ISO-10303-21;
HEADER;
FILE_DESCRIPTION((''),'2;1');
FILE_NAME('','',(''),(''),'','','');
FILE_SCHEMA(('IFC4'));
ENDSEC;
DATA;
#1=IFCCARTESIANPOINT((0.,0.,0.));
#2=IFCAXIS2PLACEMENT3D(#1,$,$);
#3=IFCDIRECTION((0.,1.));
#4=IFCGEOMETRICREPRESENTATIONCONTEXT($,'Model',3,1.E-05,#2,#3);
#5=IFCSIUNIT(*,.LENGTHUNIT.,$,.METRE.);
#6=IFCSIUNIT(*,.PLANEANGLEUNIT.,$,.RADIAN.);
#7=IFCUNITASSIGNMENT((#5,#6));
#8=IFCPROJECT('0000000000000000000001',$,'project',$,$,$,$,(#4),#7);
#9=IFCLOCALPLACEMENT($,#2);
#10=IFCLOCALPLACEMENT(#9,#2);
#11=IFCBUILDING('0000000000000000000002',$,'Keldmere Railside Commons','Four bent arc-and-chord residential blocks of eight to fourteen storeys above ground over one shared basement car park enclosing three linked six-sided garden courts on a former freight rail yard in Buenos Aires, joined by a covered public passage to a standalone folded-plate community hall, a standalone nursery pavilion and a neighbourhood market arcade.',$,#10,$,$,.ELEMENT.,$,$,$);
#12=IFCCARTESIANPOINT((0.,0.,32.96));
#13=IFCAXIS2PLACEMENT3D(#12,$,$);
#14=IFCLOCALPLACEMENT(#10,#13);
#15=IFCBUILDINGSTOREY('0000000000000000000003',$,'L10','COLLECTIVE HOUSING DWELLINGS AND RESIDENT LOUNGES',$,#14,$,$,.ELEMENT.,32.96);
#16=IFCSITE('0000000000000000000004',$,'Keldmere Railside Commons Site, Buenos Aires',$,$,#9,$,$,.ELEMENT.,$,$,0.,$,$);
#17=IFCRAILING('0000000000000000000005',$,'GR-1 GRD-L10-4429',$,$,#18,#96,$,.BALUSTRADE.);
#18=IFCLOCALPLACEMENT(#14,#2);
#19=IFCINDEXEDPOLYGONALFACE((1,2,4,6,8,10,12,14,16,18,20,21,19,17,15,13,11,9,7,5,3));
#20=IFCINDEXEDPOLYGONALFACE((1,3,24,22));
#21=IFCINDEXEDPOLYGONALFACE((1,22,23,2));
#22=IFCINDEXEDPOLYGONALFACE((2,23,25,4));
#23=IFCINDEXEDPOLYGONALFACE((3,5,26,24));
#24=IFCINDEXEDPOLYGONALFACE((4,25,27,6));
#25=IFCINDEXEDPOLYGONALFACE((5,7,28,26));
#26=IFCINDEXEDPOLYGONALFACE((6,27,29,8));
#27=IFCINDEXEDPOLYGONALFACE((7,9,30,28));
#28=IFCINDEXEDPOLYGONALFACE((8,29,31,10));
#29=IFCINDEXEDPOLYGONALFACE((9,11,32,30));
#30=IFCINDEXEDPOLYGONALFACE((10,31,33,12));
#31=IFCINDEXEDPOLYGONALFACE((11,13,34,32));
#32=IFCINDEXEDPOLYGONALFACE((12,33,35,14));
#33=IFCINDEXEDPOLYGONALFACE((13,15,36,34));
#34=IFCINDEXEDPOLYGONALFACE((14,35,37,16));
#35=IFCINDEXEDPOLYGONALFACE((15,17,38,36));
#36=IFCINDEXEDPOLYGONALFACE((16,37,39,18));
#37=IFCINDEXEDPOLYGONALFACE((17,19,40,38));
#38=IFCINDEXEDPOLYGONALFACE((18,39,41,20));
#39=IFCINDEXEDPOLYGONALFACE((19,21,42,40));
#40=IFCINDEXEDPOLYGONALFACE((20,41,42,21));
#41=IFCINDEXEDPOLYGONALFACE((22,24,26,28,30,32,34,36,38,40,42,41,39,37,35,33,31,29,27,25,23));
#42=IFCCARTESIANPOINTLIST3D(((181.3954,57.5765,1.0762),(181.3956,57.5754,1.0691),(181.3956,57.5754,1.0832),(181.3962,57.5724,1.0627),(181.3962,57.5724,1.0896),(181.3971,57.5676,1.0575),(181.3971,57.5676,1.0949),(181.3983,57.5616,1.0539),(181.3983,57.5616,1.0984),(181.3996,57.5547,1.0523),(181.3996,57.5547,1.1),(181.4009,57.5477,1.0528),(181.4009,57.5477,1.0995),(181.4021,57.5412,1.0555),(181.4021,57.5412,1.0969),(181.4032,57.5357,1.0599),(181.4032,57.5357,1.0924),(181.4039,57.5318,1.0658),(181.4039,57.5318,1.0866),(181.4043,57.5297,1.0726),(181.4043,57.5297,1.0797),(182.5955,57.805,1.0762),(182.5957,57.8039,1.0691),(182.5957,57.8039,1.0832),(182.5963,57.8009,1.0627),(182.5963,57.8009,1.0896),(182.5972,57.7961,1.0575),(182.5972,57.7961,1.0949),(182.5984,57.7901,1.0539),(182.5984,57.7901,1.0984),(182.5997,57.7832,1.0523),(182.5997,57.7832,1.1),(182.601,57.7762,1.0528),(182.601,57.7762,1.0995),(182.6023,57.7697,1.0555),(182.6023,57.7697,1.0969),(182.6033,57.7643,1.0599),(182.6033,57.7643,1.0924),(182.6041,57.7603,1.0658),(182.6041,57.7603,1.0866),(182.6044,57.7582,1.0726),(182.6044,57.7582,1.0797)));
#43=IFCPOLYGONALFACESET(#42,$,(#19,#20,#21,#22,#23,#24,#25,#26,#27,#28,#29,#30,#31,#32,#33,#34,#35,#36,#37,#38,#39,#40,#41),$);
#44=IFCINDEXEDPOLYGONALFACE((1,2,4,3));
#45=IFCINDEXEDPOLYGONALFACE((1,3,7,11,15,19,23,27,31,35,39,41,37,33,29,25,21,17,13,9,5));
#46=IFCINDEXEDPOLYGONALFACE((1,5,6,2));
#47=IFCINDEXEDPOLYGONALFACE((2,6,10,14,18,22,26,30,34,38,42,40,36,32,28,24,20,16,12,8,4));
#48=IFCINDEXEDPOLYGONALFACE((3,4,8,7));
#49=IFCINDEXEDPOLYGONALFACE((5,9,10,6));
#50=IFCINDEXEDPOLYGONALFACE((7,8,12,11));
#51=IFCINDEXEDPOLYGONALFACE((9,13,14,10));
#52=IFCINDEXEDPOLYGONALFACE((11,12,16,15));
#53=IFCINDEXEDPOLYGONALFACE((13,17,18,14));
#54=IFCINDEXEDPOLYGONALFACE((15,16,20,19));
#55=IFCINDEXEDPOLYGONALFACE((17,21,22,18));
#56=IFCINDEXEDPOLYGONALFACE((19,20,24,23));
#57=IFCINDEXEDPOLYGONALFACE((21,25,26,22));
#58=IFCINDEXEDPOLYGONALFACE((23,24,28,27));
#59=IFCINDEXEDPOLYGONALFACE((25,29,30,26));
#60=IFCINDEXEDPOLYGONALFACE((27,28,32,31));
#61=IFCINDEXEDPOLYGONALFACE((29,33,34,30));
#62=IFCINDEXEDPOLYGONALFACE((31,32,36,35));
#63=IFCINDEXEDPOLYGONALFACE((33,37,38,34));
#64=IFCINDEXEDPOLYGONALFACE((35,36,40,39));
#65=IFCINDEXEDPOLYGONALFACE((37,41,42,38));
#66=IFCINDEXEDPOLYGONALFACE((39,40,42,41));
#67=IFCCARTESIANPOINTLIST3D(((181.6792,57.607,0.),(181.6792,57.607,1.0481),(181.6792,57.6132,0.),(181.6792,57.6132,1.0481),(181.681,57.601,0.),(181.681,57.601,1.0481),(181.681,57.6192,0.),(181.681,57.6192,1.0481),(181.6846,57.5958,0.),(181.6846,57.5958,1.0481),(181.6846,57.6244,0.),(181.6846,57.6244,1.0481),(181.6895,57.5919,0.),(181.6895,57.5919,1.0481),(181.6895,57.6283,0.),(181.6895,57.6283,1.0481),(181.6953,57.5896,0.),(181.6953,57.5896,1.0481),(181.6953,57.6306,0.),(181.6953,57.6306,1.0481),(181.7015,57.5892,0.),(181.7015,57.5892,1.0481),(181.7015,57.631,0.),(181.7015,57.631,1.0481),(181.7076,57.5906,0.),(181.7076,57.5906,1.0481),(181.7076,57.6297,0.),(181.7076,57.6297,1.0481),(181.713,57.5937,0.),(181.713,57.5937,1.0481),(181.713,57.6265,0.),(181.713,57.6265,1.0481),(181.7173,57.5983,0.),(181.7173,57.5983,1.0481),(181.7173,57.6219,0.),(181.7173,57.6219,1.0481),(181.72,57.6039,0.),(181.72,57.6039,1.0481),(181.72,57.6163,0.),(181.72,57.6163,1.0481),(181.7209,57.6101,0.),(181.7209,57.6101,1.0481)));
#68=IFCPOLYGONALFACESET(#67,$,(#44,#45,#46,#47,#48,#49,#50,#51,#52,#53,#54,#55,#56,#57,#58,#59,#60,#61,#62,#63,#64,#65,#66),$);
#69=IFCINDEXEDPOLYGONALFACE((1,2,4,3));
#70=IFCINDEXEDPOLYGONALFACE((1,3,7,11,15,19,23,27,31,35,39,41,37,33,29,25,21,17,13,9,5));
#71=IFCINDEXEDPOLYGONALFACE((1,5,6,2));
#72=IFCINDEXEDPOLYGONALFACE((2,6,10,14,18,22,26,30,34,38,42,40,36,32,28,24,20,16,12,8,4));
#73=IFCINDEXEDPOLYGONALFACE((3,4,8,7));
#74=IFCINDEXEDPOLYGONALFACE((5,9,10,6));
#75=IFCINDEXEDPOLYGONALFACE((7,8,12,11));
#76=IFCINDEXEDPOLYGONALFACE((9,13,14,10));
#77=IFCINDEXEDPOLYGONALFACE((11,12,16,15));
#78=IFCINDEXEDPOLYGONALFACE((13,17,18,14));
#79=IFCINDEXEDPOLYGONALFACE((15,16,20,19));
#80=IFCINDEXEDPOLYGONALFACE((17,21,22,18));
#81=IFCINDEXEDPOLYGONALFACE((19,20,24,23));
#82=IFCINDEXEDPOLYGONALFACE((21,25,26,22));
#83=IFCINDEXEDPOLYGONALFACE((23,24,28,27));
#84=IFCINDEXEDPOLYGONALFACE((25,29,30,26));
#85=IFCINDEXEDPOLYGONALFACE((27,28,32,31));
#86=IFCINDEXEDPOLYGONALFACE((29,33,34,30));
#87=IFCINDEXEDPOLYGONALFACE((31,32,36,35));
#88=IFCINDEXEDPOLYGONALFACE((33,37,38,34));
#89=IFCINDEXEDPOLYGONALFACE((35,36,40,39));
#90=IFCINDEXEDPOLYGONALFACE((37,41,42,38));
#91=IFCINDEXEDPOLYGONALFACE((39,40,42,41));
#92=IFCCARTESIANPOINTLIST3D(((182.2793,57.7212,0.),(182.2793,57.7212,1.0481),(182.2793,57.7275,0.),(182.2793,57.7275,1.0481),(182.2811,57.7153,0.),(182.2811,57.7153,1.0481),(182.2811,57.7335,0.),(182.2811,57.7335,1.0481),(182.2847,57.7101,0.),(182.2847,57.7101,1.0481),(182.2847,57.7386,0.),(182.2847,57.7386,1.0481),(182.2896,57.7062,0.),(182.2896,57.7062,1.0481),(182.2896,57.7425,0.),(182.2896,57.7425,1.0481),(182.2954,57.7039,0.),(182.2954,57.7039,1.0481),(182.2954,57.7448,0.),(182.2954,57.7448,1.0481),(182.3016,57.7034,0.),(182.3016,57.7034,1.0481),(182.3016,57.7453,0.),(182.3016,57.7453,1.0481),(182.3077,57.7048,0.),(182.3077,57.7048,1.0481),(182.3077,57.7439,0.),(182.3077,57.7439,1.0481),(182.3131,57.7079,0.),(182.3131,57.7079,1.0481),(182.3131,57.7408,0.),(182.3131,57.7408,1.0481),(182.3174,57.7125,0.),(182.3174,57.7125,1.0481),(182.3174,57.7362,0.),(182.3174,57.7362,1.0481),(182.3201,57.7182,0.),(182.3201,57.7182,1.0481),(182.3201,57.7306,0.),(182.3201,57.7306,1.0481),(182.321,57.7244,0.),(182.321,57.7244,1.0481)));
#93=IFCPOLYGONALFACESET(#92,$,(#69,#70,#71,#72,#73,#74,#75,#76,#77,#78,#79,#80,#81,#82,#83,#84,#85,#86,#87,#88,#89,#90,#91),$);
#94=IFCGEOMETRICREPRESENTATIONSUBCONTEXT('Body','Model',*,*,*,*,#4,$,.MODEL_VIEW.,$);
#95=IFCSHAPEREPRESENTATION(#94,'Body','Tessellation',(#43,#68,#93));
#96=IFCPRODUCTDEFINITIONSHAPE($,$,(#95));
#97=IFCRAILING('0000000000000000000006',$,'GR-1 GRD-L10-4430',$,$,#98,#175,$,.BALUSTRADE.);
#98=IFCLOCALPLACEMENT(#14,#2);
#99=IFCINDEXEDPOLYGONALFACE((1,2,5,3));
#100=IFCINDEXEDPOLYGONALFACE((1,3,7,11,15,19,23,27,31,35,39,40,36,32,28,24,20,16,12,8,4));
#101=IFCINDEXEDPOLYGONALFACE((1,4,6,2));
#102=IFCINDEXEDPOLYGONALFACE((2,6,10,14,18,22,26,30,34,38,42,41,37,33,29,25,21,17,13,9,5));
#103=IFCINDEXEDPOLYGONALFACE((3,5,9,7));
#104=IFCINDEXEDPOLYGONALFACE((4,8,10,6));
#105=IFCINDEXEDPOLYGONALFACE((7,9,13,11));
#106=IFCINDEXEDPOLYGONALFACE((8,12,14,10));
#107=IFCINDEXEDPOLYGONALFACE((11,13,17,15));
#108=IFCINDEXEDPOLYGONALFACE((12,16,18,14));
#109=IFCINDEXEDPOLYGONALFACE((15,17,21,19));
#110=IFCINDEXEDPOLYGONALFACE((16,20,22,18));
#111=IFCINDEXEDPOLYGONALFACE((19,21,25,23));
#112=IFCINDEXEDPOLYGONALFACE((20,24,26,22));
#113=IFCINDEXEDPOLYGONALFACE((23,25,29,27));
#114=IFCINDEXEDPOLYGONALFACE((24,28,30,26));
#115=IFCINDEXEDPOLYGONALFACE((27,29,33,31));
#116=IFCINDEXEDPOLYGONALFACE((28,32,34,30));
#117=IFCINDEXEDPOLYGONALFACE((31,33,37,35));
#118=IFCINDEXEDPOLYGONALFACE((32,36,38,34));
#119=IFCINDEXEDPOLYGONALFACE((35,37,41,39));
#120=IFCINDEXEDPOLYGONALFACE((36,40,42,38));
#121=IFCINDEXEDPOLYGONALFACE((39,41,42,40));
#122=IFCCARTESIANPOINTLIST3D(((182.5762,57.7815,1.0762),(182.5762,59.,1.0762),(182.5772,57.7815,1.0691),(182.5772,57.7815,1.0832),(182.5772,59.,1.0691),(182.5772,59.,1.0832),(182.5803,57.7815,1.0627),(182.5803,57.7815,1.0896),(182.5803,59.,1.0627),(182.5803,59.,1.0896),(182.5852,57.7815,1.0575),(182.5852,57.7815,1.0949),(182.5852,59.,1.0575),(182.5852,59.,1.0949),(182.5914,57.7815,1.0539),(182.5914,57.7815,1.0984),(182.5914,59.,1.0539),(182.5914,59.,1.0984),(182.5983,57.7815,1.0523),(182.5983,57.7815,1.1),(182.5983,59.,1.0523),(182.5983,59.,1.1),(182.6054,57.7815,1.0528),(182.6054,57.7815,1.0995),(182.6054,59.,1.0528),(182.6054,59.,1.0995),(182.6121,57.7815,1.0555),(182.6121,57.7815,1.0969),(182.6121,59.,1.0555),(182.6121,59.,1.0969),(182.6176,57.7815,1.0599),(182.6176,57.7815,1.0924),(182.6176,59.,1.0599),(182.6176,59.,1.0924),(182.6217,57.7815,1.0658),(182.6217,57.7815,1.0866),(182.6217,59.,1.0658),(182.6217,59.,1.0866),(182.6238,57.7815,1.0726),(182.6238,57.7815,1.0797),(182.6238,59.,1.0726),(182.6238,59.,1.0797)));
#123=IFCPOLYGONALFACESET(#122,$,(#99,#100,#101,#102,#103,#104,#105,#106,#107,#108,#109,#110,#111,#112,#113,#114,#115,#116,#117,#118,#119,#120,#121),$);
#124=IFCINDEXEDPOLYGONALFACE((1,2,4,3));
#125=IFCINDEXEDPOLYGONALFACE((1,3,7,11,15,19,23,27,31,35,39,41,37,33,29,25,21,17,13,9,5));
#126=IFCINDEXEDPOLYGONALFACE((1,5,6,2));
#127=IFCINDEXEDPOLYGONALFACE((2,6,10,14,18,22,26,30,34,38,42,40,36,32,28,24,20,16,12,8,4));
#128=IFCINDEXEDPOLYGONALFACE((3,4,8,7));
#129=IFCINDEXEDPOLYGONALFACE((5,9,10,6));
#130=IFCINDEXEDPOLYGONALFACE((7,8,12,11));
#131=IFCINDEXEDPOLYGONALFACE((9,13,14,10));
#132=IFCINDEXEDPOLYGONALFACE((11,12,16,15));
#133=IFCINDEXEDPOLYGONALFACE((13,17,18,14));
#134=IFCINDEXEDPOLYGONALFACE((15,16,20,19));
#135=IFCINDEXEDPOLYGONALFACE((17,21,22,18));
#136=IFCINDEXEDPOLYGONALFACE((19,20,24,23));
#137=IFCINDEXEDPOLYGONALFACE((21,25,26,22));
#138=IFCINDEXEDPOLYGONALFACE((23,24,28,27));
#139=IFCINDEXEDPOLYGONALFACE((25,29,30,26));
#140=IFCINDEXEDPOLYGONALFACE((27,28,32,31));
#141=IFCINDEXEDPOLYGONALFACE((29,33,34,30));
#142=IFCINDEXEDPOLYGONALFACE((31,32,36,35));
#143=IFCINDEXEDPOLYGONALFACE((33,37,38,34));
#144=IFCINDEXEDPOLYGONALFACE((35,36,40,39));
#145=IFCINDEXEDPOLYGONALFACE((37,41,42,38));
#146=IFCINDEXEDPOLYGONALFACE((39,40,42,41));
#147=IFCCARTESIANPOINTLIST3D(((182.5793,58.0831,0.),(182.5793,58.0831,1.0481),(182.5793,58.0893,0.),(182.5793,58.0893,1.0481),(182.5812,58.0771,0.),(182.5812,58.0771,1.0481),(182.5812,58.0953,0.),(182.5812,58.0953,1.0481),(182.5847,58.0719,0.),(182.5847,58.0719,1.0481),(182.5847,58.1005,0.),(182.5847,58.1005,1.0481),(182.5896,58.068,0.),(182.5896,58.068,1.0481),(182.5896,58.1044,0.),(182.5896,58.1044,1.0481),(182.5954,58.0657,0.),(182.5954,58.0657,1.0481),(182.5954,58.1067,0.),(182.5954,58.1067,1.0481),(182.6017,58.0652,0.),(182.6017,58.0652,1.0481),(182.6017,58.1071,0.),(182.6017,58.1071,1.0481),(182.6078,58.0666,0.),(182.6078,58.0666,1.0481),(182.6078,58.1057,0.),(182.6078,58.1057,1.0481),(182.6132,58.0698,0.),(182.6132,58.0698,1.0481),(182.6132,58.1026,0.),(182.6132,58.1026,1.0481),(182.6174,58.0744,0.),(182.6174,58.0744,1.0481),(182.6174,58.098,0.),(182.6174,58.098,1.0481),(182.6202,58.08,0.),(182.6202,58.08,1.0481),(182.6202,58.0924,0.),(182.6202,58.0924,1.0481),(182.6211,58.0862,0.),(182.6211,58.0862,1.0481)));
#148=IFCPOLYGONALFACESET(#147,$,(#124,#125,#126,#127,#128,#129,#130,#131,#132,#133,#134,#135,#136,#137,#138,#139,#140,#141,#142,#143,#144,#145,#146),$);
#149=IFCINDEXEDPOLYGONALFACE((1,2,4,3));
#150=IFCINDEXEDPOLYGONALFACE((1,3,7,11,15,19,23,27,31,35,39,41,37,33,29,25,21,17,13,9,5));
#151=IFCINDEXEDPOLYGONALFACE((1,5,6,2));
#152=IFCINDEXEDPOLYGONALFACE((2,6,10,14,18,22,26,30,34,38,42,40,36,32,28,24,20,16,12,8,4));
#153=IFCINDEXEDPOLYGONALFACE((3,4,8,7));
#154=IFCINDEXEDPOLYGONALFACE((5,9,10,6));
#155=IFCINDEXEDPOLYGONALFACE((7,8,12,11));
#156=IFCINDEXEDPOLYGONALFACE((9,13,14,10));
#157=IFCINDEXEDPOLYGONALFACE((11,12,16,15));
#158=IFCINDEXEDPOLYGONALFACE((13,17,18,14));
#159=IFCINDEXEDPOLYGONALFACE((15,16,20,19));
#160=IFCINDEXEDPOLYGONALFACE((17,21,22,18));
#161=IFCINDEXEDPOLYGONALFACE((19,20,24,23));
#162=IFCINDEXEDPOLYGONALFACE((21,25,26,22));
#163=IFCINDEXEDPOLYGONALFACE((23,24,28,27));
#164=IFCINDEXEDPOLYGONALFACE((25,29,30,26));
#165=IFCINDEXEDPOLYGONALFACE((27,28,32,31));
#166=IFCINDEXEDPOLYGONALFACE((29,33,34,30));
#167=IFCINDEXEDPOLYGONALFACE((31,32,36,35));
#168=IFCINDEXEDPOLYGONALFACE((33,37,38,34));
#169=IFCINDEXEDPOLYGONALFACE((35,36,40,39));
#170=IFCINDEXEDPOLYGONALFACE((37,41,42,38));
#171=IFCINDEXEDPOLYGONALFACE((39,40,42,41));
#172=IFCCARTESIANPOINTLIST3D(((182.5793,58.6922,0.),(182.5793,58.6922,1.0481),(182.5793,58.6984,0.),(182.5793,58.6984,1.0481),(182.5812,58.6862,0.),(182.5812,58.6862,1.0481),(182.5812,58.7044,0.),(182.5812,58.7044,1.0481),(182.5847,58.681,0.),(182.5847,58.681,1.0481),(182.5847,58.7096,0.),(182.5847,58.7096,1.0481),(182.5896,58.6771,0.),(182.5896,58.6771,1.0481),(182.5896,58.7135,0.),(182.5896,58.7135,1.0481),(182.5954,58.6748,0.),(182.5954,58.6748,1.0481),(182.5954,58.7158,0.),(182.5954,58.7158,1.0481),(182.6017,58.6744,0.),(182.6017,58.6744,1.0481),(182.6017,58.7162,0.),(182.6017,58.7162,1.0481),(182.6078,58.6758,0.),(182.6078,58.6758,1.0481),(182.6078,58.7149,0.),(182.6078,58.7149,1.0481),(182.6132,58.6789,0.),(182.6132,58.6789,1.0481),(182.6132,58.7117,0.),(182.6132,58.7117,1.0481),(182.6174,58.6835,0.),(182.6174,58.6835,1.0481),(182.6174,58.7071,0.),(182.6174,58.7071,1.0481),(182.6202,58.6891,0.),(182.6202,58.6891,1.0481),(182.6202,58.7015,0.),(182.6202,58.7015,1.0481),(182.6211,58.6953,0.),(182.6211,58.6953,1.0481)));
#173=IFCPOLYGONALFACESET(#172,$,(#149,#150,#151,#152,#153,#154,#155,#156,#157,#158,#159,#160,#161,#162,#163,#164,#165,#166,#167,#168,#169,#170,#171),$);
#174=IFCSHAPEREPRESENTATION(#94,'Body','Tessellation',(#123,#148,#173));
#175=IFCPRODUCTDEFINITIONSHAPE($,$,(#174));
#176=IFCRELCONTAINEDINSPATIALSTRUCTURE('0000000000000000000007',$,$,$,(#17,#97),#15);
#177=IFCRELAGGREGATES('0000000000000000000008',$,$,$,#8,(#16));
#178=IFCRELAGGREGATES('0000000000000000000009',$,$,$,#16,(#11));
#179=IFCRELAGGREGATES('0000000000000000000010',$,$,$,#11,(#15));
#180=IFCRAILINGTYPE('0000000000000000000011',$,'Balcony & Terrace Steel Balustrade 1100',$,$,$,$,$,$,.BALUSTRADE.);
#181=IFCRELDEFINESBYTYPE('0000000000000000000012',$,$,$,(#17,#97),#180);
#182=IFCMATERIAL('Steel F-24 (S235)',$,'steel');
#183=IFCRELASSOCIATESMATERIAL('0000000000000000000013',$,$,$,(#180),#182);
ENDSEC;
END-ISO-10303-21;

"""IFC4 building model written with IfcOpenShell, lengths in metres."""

from ifc_helpers import new_model, si_unit, direction, frame, origin, origin_2d, place, context, subcontext, project, spatial, circle, extrude, material, type_object, element, save


model = new_model("IFC4")

# Units and contexts
model_context = context("Model", 3, precision=1e-05, world=origin(), true_north=direction((0.0, 1.0)))
body_context = subcontext(model_context, "Body", "Model", "MODEL_VIEW")
ifc_project = project(units=[si_unit("LENGTHUNIT", "METRE"), si_unit("PLANEANGLEUNIT", "RADIAN")], contexts=[model_context])

# Site, building, storey
site_placement = place(None, origin())
site = spatial("IfcSite", under=ifc_project, at=site_placement, Name="Keldmere Railside Commons Site, Buenos Aires", CompositionType="ELEMENT", RefElevation=0.0)
building_placement = place(site_placement, origin())
building = spatial("IfcBuilding", under=site, at=building_placement, Name="Keldmere Railside Commons", Description="Four bent arc-and-chord residential blocks of eight to fourteen storeys above ground over one shared basement car park enclosing three linked six-sided garden courts on a former freight rail yard in Buenos Aires, joined by a covered public passage to a standalone folded-plate community hall, a standalone nursery pavilion and a neighbourhood market arcade.", CompositionType="ELEMENT")
storey_placement = place(building_placement, frame((0.0, 0.0, 32.96)))
storey = spatial("IfcBuildingStorey", under=building, at=storey_placement, Name="L10", Description="COLLECTIVE HOUSING DWELLINGS AND RESIDENT LOUNGES", CompositionType="ELEMENT", Elevation=32.96)

# Railings
ifc_material_1 = material(Name="Steel F-24 (S235)", Category="steel")
railing_type_1 = type_object("IfcRailingType", Name="Balcony & Terrace Steel Balustrade 1100", PredefinedType="BALUSTRADE", material=ifc_material_1)
railing_1_placement = place(storey_placement, frame((181.3999, 57.553, 0.0)))
element("IfcRailing", 1, at=railing_1_placement, inside=storey, type_object=railing_type_1, Name="GR-1 GRD-L10-4429", PredefinedType="BALUSTRADE", context=body_context, shape_type="SweptSolid", body=[
    extrude(circle(Radius=0.0239, at=origin_2d()), frame((0.0, 0.0, 1.0762), z_axis=(0.982353, 0.187039, 0.0), x_axis=(-0.187039, 0.982353, 0.0)), (0.0, 0.0, 1.0), 1.2217),
    extrude(circle(Radius=0.021, at=origin_2d()), frame((0.3, 0.0571, 0.0)), (0.0, 0.0, 1.0), 1.0481),
    extrude(circle(Radius=0.021, at=origin_2d()), frame((0.9001, 0.1714, 0.0)), (0.0, 0.0, 1.0), 1.0481),
])
railing_2_placement = place(storey_placement, frame((182.6001, 57.7815, 0.0)))
element("IfcRailing", 2, at=railing_2_placement, inside=storey, type_object=railing_type_1, Name="GR-1 GRD-L10-4430", PredefinedType="BALUSTRADE", context=body_context, shape_type="SweptSolid", body=[
    extrude(circle(Radius=0.0239, at=origin_2d()), frame((0.0, 0.0, 1.0762), z_axis=(0.0, 1.0, 0.0), x_axis=(-1.0, 0.0, 0.0)), (0.0, 0.0, 1.0), 1.2185),
    extrude(circle(Radius=0.021, at=origin_2d()), frame((0.0, 0.3047, 0.0)), (0.0, 0.0, 1.0), 1.0481),
    extrude(circle(Radius=0.021, at=origin_2d()), frame((0.0, 0.9138, 0.0)), (0.0, 0.0, 1.0), 1.0481),
])

save(model, "model.ifc")
